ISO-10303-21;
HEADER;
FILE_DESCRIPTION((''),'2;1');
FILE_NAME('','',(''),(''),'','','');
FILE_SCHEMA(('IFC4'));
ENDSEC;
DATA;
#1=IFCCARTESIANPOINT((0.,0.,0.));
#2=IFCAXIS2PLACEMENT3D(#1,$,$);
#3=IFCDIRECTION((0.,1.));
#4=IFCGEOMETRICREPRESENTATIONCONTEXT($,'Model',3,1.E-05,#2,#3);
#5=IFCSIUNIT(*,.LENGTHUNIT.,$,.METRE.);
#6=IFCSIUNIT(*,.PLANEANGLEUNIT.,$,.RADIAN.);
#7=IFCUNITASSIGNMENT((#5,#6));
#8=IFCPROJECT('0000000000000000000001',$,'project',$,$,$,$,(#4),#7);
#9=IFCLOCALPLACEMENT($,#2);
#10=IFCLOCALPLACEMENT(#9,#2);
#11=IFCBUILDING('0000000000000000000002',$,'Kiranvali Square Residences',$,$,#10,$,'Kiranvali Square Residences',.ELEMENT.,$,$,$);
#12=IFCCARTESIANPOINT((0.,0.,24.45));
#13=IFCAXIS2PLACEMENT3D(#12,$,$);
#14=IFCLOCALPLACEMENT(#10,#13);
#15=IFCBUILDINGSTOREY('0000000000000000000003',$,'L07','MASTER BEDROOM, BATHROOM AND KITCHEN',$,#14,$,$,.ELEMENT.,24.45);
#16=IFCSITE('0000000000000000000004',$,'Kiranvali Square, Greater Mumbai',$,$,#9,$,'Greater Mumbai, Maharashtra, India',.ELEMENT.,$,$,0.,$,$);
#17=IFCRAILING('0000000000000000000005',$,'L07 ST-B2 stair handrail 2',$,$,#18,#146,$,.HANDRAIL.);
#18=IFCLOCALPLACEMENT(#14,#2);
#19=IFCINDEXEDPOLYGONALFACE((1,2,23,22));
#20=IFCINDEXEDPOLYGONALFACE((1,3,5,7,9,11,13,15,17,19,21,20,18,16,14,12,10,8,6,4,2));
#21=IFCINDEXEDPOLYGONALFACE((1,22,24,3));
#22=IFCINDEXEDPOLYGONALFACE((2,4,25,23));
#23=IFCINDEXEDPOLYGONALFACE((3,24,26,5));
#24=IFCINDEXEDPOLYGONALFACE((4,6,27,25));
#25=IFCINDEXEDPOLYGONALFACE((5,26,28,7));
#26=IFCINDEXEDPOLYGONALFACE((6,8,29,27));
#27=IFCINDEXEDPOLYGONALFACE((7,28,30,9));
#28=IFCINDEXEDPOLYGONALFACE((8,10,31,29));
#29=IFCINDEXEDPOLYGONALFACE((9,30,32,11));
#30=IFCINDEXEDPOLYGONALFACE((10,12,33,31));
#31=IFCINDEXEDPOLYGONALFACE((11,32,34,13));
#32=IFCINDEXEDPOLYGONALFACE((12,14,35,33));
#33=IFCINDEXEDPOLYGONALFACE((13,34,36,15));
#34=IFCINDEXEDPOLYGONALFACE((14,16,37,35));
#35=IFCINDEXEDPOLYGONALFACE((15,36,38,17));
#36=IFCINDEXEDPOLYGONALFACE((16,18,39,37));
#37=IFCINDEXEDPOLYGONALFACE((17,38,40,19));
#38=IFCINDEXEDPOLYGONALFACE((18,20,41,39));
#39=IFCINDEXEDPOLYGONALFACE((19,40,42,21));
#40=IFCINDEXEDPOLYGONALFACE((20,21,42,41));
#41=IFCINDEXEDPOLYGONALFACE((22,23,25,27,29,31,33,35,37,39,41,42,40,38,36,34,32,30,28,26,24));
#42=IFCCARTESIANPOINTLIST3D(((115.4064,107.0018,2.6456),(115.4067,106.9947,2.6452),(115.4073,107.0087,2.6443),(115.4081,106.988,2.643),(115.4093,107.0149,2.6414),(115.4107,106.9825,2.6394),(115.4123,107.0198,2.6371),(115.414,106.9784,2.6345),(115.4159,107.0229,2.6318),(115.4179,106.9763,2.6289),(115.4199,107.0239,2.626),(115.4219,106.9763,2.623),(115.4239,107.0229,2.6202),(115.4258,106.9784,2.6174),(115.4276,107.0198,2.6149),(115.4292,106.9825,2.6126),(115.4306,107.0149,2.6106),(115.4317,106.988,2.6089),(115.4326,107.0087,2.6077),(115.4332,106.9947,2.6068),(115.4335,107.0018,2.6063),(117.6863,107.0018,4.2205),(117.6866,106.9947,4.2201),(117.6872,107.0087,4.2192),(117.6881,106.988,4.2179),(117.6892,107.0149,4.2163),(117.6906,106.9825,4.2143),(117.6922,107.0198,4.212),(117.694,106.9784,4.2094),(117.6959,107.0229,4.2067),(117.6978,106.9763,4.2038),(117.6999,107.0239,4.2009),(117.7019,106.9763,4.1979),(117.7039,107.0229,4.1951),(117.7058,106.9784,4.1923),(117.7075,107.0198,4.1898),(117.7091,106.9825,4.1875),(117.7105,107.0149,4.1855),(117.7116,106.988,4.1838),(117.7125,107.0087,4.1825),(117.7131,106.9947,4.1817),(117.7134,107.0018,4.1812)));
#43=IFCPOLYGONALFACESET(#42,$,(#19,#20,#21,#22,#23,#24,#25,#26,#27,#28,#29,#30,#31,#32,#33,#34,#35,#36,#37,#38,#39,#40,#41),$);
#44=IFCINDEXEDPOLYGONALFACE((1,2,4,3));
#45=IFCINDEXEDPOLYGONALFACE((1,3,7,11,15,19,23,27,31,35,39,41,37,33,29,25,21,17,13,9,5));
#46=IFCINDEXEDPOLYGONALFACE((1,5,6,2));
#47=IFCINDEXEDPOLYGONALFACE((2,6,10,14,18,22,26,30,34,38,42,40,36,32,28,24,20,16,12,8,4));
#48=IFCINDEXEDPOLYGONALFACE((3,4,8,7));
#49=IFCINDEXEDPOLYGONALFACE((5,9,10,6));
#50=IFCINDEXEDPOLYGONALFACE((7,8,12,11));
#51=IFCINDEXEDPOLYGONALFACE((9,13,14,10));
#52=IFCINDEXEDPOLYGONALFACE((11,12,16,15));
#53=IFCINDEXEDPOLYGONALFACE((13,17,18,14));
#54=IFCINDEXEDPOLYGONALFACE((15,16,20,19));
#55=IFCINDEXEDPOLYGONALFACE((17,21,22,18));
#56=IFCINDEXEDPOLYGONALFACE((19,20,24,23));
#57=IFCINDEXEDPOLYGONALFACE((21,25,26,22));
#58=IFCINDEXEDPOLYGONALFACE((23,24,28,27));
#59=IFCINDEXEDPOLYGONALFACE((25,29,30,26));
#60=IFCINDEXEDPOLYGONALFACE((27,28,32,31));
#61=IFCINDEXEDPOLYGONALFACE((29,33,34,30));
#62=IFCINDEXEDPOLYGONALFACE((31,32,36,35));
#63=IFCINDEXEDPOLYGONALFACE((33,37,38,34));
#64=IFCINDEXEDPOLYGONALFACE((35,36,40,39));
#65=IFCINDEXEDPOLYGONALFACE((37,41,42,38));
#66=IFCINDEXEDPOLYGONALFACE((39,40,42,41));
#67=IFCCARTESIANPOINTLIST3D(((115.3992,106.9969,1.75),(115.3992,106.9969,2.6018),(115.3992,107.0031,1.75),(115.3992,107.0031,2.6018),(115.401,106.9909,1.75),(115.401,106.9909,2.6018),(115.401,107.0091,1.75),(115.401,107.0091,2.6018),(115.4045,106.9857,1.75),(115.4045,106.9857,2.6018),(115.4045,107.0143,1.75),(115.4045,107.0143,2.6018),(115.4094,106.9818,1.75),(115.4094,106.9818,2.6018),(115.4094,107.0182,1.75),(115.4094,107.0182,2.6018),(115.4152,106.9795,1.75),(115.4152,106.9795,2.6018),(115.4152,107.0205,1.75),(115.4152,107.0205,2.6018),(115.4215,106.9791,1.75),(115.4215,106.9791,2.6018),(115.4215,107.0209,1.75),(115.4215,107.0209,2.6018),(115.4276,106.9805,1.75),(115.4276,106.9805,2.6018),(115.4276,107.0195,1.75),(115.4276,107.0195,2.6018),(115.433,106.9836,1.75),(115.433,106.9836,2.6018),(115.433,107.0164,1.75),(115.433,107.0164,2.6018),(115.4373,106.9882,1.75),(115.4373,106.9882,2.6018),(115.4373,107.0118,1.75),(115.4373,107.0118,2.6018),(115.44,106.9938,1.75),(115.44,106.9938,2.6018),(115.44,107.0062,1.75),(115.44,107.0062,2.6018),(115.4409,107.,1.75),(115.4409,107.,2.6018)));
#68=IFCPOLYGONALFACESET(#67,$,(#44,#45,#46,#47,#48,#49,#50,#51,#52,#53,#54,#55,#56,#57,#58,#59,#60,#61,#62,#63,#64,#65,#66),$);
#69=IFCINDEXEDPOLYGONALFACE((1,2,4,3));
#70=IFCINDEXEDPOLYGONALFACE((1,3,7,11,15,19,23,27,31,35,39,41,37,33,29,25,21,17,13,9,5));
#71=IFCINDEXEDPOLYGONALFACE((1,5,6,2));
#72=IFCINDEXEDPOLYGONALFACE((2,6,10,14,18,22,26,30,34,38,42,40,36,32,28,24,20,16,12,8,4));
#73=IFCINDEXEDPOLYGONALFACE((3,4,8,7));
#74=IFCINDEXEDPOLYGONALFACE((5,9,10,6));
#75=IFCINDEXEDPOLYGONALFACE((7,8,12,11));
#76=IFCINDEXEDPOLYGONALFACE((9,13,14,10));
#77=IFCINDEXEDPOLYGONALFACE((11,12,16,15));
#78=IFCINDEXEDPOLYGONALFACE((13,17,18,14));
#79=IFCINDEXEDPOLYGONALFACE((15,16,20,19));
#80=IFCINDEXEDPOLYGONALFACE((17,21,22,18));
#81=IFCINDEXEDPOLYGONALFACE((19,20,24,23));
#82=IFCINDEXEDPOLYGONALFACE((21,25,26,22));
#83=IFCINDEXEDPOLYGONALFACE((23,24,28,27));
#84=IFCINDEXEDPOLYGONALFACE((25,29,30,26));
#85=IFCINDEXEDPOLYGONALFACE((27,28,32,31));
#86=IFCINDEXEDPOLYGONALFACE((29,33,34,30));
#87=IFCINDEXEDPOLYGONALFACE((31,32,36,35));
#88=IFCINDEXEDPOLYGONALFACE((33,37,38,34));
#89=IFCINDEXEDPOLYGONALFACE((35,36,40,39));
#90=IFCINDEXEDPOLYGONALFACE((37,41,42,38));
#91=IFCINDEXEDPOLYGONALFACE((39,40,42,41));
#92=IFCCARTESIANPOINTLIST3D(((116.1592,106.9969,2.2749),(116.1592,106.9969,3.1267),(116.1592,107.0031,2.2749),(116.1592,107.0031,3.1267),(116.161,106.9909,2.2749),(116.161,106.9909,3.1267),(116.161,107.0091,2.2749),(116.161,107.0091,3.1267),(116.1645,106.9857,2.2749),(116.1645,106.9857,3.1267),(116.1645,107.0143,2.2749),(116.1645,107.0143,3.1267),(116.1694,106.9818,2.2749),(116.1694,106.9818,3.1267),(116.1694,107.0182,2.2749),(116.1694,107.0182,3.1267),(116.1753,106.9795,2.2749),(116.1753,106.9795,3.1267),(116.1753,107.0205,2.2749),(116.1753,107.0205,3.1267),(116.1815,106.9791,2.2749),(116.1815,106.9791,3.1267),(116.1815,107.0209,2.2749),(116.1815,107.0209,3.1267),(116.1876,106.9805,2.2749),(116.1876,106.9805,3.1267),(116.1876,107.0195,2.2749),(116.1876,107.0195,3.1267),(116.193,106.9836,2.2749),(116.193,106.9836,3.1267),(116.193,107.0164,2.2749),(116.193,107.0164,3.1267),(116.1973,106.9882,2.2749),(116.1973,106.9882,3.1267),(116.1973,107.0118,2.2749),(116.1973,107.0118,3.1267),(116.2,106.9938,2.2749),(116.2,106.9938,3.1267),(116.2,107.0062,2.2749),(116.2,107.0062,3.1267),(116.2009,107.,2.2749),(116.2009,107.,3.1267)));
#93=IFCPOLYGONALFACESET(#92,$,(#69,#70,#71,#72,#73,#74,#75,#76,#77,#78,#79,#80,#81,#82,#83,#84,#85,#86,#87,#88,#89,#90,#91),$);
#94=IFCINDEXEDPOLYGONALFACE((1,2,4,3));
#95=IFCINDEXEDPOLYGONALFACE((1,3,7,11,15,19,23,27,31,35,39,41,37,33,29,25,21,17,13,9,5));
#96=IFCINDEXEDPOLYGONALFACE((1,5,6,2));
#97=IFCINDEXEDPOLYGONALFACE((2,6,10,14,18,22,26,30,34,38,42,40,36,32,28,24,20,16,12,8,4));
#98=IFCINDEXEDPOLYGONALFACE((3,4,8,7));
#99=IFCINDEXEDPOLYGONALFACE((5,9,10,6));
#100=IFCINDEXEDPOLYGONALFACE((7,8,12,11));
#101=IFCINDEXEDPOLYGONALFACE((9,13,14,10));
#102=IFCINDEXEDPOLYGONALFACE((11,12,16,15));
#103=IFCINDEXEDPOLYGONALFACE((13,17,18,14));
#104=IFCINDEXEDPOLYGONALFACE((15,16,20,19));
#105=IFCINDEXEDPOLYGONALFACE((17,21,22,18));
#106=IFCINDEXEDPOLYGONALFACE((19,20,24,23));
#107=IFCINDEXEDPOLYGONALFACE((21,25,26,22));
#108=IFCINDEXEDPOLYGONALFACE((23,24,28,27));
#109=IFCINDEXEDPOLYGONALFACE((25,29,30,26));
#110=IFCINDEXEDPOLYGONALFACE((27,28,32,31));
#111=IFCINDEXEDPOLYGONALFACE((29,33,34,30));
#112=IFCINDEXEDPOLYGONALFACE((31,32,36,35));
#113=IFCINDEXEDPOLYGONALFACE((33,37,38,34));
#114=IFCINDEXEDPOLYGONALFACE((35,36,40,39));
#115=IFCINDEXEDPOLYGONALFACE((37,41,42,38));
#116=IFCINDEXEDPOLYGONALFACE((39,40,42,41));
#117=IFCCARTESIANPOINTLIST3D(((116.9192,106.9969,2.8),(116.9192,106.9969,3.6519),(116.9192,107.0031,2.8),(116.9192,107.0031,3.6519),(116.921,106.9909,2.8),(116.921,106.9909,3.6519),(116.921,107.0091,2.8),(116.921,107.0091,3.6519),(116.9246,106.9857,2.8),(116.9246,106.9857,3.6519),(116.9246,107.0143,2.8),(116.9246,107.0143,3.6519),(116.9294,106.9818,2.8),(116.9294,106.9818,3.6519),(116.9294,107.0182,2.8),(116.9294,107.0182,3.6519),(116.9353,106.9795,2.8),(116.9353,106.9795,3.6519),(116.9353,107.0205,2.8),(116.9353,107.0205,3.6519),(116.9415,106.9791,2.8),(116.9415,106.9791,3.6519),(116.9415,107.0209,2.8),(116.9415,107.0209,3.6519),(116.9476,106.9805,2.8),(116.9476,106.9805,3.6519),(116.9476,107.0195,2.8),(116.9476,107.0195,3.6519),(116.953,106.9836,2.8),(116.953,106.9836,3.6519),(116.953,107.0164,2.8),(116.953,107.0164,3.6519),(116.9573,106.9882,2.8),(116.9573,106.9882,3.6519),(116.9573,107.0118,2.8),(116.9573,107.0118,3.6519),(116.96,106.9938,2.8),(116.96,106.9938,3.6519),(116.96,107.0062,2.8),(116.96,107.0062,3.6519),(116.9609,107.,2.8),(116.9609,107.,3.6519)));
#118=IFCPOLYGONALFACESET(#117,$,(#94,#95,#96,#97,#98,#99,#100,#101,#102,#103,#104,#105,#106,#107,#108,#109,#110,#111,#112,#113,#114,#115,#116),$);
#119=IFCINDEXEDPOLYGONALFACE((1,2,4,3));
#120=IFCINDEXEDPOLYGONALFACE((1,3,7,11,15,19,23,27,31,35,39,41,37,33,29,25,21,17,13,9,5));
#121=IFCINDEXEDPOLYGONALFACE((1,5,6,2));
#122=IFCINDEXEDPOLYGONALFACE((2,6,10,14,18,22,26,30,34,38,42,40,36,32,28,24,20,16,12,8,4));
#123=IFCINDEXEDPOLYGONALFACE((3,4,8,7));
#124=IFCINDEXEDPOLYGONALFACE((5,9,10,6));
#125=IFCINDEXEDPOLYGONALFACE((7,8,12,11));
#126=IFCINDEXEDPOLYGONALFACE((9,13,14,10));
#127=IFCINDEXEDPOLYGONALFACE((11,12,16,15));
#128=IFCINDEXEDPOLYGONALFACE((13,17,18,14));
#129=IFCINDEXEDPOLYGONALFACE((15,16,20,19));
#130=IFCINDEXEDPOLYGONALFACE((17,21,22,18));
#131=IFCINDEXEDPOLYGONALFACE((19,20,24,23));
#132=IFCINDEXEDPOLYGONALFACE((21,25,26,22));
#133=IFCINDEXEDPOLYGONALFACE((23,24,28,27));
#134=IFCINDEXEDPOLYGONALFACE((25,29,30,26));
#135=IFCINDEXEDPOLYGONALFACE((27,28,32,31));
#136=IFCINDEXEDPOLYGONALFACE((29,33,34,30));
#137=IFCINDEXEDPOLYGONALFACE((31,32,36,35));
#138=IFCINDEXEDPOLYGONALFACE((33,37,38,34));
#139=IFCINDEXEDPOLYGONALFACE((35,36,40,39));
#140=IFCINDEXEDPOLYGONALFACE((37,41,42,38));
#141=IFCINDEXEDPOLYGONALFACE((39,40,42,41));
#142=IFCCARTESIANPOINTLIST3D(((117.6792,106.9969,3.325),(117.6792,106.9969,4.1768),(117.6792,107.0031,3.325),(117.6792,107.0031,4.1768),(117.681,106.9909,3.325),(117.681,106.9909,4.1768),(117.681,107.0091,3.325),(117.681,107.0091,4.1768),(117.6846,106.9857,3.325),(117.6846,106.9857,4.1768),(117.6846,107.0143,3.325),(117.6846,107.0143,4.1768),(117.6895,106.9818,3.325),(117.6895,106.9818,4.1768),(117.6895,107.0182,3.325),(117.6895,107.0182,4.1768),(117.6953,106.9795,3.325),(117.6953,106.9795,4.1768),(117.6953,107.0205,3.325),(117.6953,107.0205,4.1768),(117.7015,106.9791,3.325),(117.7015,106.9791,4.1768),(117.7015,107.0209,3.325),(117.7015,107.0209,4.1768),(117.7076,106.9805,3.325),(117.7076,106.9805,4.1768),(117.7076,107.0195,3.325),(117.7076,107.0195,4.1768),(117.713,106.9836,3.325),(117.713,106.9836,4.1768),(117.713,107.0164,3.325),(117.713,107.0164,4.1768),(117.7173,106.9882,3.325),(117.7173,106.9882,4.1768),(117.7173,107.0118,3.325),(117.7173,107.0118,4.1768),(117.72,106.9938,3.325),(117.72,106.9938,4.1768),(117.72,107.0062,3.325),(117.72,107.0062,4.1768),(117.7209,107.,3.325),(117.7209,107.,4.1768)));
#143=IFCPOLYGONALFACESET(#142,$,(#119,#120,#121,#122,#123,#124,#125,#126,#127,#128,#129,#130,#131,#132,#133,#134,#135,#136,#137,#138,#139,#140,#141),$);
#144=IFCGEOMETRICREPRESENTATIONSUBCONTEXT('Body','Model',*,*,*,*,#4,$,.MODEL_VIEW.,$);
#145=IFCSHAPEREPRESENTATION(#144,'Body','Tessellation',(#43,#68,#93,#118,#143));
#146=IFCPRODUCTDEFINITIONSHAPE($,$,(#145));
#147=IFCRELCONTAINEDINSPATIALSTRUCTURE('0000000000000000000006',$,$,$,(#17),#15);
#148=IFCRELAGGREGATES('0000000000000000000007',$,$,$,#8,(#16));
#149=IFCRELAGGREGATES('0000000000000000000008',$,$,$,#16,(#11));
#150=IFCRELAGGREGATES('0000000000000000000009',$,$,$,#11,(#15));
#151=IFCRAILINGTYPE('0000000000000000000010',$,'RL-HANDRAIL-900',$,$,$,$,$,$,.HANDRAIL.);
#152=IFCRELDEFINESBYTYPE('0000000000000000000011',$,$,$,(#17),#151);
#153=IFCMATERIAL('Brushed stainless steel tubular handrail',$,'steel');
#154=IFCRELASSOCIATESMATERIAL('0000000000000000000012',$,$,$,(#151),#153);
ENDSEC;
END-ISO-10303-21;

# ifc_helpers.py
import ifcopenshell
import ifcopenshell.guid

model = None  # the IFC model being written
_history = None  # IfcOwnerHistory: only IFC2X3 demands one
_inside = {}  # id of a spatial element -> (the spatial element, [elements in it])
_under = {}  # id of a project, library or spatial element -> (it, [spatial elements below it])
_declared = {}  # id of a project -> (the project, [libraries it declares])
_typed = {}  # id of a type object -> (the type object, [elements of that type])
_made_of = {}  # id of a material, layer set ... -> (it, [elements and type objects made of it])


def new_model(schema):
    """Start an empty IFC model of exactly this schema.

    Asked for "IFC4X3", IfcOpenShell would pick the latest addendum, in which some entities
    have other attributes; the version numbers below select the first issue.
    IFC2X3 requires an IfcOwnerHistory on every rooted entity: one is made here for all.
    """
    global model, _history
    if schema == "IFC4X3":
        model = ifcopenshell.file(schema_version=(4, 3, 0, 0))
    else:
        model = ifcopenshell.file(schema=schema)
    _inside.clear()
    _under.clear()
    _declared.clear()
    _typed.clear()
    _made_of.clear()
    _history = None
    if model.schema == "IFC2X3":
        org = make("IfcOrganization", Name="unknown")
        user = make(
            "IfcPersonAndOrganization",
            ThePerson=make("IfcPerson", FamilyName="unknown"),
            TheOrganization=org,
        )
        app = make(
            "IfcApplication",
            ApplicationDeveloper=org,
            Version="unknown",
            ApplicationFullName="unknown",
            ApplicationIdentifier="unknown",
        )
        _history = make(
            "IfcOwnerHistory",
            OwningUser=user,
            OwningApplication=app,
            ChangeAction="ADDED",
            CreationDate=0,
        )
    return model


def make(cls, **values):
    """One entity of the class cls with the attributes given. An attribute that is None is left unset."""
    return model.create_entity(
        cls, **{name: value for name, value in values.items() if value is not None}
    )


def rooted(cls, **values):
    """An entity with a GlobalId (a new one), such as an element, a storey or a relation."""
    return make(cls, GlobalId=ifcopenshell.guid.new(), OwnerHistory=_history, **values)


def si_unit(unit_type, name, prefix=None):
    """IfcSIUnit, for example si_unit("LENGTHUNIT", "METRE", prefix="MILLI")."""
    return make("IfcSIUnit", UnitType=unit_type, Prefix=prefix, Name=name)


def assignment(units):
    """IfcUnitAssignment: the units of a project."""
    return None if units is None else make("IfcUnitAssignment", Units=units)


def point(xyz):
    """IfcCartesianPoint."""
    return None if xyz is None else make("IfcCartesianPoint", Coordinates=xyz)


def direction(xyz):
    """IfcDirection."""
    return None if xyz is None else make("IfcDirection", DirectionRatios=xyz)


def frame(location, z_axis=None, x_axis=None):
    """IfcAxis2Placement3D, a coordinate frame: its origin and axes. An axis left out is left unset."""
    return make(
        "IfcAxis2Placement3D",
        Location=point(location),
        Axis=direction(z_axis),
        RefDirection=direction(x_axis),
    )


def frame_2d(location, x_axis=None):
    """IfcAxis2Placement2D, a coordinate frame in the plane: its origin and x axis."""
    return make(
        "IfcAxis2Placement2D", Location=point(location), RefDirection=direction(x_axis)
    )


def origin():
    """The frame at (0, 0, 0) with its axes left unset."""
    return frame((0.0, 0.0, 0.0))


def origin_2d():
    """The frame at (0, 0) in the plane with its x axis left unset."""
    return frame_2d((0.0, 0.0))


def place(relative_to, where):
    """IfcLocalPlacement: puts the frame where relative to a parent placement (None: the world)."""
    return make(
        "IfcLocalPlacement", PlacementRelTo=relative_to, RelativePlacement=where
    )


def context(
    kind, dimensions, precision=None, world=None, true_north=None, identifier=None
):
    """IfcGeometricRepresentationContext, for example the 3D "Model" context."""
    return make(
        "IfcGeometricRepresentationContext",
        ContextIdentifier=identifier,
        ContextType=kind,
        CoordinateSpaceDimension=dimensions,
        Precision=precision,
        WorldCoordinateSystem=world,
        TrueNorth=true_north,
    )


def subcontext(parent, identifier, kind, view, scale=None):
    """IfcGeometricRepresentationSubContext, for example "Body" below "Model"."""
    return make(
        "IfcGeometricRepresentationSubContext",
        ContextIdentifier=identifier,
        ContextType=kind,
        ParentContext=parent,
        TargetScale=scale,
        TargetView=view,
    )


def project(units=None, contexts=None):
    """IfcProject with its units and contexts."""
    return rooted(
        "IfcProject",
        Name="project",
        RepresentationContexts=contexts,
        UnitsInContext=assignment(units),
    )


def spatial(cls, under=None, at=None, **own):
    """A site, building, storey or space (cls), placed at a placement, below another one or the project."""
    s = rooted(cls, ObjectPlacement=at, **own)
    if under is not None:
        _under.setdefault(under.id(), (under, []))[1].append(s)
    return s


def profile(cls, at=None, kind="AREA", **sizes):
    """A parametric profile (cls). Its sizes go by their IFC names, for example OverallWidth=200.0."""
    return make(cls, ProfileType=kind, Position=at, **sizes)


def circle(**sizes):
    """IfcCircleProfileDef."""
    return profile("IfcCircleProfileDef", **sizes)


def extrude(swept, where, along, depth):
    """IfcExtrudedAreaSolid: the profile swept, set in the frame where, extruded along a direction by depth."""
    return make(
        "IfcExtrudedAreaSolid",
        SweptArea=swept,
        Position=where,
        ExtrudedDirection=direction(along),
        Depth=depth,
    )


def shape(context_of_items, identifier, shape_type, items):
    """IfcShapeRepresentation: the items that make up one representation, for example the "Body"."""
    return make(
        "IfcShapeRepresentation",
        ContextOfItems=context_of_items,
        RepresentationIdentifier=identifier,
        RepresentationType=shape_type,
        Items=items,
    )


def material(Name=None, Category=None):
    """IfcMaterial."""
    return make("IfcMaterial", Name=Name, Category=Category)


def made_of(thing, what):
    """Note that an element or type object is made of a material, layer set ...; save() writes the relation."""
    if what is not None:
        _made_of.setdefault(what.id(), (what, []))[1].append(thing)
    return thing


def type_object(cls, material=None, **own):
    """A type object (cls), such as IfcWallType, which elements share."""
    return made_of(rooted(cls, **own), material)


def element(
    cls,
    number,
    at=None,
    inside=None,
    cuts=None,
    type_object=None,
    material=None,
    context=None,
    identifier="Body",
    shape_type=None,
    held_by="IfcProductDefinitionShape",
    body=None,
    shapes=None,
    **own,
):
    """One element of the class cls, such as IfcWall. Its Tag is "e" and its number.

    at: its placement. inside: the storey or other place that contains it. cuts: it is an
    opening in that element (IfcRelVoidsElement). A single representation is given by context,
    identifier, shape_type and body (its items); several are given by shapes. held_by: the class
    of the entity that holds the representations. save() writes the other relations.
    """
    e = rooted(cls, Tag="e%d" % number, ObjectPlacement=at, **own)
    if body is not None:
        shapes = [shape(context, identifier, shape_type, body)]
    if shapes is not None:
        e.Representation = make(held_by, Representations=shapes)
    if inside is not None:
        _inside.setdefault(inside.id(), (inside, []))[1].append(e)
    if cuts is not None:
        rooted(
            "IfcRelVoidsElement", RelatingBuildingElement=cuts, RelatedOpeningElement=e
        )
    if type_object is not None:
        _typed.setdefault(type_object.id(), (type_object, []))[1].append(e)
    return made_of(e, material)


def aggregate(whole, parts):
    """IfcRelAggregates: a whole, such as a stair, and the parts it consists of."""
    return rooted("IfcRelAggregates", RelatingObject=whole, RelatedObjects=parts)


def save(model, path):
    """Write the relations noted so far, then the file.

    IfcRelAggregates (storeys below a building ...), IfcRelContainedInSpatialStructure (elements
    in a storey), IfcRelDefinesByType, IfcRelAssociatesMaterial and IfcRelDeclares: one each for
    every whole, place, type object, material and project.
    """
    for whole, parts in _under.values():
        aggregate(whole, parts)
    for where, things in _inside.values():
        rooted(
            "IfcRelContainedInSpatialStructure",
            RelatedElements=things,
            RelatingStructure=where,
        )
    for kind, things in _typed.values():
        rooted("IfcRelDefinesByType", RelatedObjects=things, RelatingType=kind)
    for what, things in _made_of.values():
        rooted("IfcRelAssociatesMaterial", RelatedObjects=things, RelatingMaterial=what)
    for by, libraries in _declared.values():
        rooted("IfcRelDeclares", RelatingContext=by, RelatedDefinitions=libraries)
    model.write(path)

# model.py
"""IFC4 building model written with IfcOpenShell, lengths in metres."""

from ifc_helpers import new_model, si_unit, direction, frame, origin, origin_2d, place, context, subcontext, project, spatial, circle, extrude, material, type_object, element, save


model = new_model("IFC4")

# Units and contexts
model_context = context("Model", 3, precision=1e-05, world=origin(), true_north=direction((0.0, 1.0)))
body_context = subcontext(model_context, "Body", "Model", "MODEL_VIEW")
ifc_project = project(units=[si_unit("LENGTHUNIT", "METRE"), si_unit("PLANEANGLEUNIT", "RADIAN")], contexts=[model_context])

# Site, building, storey
site_placement = place(None, origin())
site = spatial("IfcSite", under=ifc_project, at=site_placement, Name="Kiranvali Square, Greater Mumbai", LongName="Greater Mumbai, Maharashtra, India", CompositionType="ELEMENT", RefElevation=0.0)
building_placement = place(site_placement, origin())
building = spatial("IfcBuilding", under=site, at=building_placement, Name="Kiranvali Square Residences", LongName="Kiranvali Square Residences", CompositionType="ELEMENT")
storey_placement = place(building_placement, frame((0.0, 0.0, 24.45)))
storey = spatial("IfcBuildingStorey", under=building, at=storey_placement, Name="L07", Description="MASTER BEDROOM, BATHROOM AND KITCHEN", CompositionType="ELEMENT", Elevation=24.45)

# Railing
ifc_material_1 = material(Name="Brushed stainless steel tubular handrail", Category="steel")
railing_type_1 = type_object("IfcRailingType", Name="RL-HANDRAIL-900", PredefinedType="HANDRAIL", material=ifc_material_1)
railing_1_placement = place(storey_placement, frame((115.4199, 107.0, 1.75)))
element("IfcRailing", 1, at=railing_1_placement, inside=storey, type_object=railing_type_1, Name="L07 ST-B2 stair handrail 2", PredefinedType="HANDRAIL", context=body_context, shape_type="SweptSolid", body=[
    extrude(circle(Radius=0.0239, at=origin_2d()), frame((0.0, 0.0, 0.876), z_axis=(0.822788, 0.0, 0.568348), x_axis=(0.0, 1.0, 0.0)), (0.0, 0.0, 1.0), 2.771),
    extrude(circle(Radius=0.021, at=origin_2d()), origin(), (0.0, 0.0, 1.0), 0.8518),
    extrude(circle(Radius=0.021, at=origin_2d()), frame((0.76, 0.0, 0.5249)), (0.0, 0.0, 1.0), 0.8518),
    extrude(circle(Radius=0.021, at=origin_2d()), frame((1.52, 0.0, 1.05)), (0.0, 0.0, 1.0), 0.8518),
    extrude(circle(Radius=0.021, at=origin_2d()), frame((2.28, 0.0, 1.575)), (0.0, 0.0, 1.0), 0.8518),
])

save(model, "model.ifc")
